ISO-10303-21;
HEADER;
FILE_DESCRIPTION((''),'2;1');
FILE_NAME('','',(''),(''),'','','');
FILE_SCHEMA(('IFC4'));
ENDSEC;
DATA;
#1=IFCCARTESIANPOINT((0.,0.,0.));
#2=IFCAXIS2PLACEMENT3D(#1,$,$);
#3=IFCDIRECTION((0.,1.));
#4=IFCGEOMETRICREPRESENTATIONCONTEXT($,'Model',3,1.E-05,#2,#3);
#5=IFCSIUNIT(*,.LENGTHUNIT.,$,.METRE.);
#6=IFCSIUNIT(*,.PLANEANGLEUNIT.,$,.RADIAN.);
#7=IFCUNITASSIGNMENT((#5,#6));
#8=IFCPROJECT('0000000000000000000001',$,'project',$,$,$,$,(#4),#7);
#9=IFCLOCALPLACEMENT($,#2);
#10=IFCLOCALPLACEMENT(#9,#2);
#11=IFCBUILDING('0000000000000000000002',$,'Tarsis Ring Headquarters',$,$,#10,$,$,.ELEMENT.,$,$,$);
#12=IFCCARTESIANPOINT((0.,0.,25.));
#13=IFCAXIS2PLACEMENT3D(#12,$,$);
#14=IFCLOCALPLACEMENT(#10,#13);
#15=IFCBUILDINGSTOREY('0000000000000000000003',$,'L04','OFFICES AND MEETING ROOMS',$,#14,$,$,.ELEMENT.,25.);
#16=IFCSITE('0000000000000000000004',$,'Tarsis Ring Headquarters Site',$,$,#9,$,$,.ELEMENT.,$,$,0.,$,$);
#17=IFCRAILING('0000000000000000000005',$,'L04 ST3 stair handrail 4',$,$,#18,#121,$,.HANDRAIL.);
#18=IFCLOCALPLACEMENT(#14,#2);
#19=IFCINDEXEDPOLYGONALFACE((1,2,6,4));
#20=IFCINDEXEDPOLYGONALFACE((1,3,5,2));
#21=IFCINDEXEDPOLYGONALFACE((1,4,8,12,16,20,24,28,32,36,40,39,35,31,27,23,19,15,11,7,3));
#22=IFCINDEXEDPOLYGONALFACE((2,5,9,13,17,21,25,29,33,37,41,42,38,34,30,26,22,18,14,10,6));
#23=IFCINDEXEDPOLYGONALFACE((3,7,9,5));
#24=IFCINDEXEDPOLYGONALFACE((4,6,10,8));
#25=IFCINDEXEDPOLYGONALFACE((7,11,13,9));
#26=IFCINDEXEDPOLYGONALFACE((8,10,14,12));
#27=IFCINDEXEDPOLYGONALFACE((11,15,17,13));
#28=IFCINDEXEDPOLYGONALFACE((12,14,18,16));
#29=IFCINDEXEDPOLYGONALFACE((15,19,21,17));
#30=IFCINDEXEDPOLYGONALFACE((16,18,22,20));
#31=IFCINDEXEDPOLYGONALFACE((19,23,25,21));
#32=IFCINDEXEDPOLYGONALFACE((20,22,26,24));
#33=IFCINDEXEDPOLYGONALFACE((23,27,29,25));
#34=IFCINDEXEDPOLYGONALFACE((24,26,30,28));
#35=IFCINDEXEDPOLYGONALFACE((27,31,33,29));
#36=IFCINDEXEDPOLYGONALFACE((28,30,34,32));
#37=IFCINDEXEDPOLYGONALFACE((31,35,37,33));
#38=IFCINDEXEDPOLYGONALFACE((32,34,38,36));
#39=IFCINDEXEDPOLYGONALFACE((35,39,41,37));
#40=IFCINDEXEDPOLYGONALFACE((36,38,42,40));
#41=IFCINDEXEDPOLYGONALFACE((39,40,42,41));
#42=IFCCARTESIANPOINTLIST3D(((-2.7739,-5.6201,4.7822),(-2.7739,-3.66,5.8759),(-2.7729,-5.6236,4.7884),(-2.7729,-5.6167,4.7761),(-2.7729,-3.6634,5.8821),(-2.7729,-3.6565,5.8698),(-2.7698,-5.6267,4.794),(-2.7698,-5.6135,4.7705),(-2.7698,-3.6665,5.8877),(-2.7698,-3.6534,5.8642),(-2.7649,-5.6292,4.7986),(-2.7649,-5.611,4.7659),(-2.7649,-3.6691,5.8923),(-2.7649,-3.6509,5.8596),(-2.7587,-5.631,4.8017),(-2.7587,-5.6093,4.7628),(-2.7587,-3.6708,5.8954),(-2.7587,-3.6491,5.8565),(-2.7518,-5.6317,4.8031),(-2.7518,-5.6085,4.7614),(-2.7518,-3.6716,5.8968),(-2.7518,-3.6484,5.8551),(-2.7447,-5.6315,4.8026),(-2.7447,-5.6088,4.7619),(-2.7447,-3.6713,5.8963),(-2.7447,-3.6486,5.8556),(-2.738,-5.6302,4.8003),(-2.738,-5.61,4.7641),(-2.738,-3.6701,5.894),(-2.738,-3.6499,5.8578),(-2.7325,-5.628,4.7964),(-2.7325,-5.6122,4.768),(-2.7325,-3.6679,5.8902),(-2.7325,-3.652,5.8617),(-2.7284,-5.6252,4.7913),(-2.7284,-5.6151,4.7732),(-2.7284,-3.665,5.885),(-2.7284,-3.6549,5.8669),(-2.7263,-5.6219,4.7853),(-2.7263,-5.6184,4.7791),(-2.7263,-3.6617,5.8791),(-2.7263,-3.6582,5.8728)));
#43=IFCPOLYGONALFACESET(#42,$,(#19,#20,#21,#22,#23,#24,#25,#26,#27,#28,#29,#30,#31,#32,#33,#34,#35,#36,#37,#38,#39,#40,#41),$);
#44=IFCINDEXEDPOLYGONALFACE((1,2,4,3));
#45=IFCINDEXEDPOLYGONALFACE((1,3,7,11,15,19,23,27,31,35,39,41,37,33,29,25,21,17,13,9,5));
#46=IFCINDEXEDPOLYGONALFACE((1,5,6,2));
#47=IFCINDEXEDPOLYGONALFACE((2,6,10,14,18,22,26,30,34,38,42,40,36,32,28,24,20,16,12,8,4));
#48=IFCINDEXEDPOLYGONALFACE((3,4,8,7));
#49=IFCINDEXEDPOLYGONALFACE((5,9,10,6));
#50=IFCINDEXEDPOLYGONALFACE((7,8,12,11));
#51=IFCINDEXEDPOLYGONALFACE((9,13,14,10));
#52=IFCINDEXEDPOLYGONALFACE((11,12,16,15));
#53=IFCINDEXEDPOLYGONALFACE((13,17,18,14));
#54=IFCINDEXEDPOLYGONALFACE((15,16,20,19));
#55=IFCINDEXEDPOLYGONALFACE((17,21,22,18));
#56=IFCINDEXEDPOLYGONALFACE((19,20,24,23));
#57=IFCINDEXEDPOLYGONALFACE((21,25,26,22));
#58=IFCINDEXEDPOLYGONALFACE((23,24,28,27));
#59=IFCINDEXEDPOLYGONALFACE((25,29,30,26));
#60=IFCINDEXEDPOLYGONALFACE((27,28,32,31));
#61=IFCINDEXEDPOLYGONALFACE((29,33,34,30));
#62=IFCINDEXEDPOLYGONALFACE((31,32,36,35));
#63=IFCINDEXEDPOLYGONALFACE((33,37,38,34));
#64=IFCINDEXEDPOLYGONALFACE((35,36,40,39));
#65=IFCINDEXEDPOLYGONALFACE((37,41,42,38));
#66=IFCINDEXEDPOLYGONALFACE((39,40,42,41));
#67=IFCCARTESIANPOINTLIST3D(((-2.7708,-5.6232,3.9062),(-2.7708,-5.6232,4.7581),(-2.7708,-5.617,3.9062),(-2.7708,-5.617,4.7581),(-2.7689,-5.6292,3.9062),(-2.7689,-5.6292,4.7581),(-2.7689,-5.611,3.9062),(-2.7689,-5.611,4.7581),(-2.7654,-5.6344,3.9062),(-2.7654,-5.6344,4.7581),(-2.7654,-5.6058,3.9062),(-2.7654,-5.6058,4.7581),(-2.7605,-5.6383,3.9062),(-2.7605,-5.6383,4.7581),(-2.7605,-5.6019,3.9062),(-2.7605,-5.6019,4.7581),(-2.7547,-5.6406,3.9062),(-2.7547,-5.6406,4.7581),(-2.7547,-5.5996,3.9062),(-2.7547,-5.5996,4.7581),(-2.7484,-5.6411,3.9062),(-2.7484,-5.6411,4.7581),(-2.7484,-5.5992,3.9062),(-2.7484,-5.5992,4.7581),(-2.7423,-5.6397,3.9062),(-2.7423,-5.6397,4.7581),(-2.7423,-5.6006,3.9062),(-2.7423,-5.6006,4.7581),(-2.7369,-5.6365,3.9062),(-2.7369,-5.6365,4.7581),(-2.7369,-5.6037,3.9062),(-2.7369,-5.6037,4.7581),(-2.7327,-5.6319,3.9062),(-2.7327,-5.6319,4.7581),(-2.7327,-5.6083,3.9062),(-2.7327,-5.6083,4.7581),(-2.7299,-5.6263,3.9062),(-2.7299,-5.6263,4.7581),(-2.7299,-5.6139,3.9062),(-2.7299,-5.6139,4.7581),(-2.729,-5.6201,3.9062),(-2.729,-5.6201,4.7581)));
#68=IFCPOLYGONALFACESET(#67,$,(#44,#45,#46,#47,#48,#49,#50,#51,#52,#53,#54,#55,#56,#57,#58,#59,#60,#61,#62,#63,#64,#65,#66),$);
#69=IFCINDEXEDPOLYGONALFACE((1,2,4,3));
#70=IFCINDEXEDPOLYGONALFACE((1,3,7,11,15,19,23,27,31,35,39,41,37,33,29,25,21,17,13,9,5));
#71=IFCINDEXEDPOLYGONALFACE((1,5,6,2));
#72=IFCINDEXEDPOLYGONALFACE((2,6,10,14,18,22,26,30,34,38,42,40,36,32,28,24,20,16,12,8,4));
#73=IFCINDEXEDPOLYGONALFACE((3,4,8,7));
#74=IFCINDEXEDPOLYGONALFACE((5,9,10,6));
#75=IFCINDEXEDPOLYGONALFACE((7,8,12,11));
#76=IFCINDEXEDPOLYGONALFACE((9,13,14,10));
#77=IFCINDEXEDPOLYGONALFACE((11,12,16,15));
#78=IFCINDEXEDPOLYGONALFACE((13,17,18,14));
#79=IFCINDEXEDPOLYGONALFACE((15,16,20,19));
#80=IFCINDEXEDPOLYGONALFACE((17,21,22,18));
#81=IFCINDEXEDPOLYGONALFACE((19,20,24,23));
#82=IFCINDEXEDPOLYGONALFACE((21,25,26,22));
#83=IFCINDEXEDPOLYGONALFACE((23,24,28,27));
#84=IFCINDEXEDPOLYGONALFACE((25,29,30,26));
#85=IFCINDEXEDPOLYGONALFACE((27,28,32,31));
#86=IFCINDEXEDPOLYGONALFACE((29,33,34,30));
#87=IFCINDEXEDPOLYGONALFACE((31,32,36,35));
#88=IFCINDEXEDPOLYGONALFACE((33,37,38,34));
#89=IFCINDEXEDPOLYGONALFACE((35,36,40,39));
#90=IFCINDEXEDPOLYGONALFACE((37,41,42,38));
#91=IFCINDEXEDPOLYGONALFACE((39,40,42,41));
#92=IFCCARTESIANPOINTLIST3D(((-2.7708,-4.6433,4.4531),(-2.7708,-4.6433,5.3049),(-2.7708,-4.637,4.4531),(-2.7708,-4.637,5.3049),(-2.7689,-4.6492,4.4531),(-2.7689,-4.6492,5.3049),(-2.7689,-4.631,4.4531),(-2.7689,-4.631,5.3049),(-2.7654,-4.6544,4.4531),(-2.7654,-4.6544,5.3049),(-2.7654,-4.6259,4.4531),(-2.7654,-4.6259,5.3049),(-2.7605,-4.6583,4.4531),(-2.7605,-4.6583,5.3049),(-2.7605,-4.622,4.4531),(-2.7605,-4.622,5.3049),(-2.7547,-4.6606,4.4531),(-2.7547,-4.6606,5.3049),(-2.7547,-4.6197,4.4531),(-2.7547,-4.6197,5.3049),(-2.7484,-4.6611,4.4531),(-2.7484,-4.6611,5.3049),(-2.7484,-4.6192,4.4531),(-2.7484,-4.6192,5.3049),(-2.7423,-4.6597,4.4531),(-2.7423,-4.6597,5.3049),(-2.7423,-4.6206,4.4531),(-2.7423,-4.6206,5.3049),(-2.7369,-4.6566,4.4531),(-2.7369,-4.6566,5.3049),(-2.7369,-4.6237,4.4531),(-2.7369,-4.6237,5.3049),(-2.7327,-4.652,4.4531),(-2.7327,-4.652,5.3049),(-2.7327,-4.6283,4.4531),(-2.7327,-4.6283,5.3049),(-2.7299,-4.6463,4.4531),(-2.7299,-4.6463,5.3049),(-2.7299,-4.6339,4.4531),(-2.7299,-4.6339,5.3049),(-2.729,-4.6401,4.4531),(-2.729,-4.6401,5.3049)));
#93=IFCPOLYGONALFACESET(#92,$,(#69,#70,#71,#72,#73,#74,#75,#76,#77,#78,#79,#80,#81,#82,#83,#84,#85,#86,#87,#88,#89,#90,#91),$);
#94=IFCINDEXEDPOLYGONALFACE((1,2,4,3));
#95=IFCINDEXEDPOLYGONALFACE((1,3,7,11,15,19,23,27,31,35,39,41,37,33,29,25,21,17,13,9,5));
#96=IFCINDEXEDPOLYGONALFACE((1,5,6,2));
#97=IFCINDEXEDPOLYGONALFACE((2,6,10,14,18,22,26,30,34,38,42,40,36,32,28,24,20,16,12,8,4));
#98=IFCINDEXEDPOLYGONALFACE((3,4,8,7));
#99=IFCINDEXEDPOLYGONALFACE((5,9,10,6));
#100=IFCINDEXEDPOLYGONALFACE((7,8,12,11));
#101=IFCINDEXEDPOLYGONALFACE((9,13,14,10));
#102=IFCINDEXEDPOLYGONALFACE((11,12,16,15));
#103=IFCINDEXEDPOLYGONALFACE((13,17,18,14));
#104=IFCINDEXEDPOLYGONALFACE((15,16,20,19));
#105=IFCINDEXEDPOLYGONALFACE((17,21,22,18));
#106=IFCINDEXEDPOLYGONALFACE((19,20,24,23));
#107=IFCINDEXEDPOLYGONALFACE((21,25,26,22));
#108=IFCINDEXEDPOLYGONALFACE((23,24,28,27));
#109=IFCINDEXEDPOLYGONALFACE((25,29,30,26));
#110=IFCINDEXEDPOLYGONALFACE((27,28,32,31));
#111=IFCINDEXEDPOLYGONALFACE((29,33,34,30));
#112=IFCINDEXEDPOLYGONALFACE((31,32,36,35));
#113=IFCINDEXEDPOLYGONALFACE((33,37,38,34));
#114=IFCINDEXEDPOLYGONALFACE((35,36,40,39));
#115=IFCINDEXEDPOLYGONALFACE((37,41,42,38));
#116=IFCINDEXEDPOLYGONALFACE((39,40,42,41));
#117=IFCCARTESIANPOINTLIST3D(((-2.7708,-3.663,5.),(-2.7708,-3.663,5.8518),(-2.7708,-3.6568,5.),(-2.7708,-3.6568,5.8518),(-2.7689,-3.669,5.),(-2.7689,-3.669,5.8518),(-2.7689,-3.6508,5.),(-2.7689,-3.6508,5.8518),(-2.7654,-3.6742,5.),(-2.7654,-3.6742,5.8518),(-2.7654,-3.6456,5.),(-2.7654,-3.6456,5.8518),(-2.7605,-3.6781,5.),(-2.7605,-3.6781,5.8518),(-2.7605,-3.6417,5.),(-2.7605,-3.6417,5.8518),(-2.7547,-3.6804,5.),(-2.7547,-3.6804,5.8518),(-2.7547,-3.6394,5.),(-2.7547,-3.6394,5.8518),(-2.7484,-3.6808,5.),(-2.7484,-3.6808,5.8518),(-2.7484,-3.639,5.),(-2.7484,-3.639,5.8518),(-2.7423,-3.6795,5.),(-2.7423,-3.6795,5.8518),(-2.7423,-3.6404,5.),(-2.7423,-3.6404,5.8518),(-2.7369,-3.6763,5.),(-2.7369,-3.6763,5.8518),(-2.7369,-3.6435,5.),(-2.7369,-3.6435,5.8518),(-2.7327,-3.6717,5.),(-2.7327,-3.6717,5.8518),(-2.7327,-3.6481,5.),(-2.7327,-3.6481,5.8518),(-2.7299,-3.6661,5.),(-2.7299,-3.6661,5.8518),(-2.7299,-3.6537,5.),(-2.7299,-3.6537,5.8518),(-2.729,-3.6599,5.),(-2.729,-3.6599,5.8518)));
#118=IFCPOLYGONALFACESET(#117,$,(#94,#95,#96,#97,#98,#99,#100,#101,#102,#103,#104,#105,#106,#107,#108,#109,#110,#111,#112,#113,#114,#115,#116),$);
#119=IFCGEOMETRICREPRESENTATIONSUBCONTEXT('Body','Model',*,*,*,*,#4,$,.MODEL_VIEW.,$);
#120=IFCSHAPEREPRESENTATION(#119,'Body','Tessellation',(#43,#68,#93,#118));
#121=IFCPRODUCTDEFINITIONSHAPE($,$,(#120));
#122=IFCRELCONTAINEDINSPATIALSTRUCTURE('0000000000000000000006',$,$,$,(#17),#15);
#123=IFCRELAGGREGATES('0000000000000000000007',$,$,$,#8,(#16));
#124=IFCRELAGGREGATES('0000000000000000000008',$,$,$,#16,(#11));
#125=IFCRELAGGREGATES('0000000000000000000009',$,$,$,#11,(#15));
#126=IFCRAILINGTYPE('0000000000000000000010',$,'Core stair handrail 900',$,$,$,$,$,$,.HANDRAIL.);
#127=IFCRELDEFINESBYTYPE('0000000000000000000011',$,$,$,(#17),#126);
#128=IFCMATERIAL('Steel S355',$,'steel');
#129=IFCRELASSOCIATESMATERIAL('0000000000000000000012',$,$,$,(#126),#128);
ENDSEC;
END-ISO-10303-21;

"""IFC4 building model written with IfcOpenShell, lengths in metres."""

from ifc_helpers import new_model, si_unit, direction, frame, origin, origin_2d, place, context, subcontext, project, spatial, circle, extrude, material, type_object, element, save


model = new_model("IFC4")

# Units and contexts
model_context = context("Model", 3, precision=1e-05, world=origin(), true_north=direction((0.0, 1.0)))
body_context = subcontext(model_context, "Body", "Model", "MODEL_VIEW")
ifc_project = project(units=[si_unit("LENGTHUNIT", "METRE"), si_unit("PLANEANGLEUNIT", "RADIAN")], contexts=[model_context])

# Site, building, storey
site_placement = place(None, origin())
site = spatial("IfcSite", under=ifc_project, at=site_placement, Name="Tarsis Ring Headquarters Site", CompositionType="ELEMENT", RefElevation=0.0)
building_placement = place(site_placement, origin())
building = spatial("IfcBuilding", under=site, at=building_placement, Name="Tarsis Ring Headquarters", CompositionType="ELEMENT")
storey_placement = place(building_placement, frame((0.0, 0.0, 25.0)))
storey = spatial("IfcBuildingStorey", under=building, at=storey_placement, Name="L04", Description="OFFICES AND MEETING ROOMS", CompositionType="ELEMENT", Elevation=25.0)

# Railing
ifc_material_1 = material(Name="Steel S355", Category="steel")
railing_type_1 = type_object("IfcRailingType", Name="Core stair handrail 900", PredefinedType="HANDRAIL", material=ifc_material_1)
railing_1_placement = place(storey_placement, frame((-2.75, -5.6201, 3.9062)))
element("IfcRailing", 1, at=railing_1_placement, inside=storey, type_object=railing_type_1, Name="L04 ST3 stair handrail 4", PredefinedType="HANDRAIL", context=body_context, shape_type="SweptSolid", body=[
    extrude(circle(Radius=0.0239, at=origin_2d()), frame((0.0, 0.0, 0.876), z_axis=(0.0, 0.873258, 0.487258), x_axis=(-1.0, 0.0, 0.0)), (0.0, 0.0, 1.0), 2.2446),
    extrude(circle(Radius=0.021, at=origin_2d()), origin(), (0.0, 0.0, 1.0), 0.8518),
    extrude(circle(Radius=0.021, at=origin_2d()), frame((0.0, 0.98, 0.5469)), (0.0, 0.0, 1.0), 0.8518),
    extrude(circle(Radius=0.021, at=origin_2d()), frame((0.0, 1.9602, 1.0938)), (0.0, 0.0, 1.0), 0.8518),
])

save(model, "model.ifc")
